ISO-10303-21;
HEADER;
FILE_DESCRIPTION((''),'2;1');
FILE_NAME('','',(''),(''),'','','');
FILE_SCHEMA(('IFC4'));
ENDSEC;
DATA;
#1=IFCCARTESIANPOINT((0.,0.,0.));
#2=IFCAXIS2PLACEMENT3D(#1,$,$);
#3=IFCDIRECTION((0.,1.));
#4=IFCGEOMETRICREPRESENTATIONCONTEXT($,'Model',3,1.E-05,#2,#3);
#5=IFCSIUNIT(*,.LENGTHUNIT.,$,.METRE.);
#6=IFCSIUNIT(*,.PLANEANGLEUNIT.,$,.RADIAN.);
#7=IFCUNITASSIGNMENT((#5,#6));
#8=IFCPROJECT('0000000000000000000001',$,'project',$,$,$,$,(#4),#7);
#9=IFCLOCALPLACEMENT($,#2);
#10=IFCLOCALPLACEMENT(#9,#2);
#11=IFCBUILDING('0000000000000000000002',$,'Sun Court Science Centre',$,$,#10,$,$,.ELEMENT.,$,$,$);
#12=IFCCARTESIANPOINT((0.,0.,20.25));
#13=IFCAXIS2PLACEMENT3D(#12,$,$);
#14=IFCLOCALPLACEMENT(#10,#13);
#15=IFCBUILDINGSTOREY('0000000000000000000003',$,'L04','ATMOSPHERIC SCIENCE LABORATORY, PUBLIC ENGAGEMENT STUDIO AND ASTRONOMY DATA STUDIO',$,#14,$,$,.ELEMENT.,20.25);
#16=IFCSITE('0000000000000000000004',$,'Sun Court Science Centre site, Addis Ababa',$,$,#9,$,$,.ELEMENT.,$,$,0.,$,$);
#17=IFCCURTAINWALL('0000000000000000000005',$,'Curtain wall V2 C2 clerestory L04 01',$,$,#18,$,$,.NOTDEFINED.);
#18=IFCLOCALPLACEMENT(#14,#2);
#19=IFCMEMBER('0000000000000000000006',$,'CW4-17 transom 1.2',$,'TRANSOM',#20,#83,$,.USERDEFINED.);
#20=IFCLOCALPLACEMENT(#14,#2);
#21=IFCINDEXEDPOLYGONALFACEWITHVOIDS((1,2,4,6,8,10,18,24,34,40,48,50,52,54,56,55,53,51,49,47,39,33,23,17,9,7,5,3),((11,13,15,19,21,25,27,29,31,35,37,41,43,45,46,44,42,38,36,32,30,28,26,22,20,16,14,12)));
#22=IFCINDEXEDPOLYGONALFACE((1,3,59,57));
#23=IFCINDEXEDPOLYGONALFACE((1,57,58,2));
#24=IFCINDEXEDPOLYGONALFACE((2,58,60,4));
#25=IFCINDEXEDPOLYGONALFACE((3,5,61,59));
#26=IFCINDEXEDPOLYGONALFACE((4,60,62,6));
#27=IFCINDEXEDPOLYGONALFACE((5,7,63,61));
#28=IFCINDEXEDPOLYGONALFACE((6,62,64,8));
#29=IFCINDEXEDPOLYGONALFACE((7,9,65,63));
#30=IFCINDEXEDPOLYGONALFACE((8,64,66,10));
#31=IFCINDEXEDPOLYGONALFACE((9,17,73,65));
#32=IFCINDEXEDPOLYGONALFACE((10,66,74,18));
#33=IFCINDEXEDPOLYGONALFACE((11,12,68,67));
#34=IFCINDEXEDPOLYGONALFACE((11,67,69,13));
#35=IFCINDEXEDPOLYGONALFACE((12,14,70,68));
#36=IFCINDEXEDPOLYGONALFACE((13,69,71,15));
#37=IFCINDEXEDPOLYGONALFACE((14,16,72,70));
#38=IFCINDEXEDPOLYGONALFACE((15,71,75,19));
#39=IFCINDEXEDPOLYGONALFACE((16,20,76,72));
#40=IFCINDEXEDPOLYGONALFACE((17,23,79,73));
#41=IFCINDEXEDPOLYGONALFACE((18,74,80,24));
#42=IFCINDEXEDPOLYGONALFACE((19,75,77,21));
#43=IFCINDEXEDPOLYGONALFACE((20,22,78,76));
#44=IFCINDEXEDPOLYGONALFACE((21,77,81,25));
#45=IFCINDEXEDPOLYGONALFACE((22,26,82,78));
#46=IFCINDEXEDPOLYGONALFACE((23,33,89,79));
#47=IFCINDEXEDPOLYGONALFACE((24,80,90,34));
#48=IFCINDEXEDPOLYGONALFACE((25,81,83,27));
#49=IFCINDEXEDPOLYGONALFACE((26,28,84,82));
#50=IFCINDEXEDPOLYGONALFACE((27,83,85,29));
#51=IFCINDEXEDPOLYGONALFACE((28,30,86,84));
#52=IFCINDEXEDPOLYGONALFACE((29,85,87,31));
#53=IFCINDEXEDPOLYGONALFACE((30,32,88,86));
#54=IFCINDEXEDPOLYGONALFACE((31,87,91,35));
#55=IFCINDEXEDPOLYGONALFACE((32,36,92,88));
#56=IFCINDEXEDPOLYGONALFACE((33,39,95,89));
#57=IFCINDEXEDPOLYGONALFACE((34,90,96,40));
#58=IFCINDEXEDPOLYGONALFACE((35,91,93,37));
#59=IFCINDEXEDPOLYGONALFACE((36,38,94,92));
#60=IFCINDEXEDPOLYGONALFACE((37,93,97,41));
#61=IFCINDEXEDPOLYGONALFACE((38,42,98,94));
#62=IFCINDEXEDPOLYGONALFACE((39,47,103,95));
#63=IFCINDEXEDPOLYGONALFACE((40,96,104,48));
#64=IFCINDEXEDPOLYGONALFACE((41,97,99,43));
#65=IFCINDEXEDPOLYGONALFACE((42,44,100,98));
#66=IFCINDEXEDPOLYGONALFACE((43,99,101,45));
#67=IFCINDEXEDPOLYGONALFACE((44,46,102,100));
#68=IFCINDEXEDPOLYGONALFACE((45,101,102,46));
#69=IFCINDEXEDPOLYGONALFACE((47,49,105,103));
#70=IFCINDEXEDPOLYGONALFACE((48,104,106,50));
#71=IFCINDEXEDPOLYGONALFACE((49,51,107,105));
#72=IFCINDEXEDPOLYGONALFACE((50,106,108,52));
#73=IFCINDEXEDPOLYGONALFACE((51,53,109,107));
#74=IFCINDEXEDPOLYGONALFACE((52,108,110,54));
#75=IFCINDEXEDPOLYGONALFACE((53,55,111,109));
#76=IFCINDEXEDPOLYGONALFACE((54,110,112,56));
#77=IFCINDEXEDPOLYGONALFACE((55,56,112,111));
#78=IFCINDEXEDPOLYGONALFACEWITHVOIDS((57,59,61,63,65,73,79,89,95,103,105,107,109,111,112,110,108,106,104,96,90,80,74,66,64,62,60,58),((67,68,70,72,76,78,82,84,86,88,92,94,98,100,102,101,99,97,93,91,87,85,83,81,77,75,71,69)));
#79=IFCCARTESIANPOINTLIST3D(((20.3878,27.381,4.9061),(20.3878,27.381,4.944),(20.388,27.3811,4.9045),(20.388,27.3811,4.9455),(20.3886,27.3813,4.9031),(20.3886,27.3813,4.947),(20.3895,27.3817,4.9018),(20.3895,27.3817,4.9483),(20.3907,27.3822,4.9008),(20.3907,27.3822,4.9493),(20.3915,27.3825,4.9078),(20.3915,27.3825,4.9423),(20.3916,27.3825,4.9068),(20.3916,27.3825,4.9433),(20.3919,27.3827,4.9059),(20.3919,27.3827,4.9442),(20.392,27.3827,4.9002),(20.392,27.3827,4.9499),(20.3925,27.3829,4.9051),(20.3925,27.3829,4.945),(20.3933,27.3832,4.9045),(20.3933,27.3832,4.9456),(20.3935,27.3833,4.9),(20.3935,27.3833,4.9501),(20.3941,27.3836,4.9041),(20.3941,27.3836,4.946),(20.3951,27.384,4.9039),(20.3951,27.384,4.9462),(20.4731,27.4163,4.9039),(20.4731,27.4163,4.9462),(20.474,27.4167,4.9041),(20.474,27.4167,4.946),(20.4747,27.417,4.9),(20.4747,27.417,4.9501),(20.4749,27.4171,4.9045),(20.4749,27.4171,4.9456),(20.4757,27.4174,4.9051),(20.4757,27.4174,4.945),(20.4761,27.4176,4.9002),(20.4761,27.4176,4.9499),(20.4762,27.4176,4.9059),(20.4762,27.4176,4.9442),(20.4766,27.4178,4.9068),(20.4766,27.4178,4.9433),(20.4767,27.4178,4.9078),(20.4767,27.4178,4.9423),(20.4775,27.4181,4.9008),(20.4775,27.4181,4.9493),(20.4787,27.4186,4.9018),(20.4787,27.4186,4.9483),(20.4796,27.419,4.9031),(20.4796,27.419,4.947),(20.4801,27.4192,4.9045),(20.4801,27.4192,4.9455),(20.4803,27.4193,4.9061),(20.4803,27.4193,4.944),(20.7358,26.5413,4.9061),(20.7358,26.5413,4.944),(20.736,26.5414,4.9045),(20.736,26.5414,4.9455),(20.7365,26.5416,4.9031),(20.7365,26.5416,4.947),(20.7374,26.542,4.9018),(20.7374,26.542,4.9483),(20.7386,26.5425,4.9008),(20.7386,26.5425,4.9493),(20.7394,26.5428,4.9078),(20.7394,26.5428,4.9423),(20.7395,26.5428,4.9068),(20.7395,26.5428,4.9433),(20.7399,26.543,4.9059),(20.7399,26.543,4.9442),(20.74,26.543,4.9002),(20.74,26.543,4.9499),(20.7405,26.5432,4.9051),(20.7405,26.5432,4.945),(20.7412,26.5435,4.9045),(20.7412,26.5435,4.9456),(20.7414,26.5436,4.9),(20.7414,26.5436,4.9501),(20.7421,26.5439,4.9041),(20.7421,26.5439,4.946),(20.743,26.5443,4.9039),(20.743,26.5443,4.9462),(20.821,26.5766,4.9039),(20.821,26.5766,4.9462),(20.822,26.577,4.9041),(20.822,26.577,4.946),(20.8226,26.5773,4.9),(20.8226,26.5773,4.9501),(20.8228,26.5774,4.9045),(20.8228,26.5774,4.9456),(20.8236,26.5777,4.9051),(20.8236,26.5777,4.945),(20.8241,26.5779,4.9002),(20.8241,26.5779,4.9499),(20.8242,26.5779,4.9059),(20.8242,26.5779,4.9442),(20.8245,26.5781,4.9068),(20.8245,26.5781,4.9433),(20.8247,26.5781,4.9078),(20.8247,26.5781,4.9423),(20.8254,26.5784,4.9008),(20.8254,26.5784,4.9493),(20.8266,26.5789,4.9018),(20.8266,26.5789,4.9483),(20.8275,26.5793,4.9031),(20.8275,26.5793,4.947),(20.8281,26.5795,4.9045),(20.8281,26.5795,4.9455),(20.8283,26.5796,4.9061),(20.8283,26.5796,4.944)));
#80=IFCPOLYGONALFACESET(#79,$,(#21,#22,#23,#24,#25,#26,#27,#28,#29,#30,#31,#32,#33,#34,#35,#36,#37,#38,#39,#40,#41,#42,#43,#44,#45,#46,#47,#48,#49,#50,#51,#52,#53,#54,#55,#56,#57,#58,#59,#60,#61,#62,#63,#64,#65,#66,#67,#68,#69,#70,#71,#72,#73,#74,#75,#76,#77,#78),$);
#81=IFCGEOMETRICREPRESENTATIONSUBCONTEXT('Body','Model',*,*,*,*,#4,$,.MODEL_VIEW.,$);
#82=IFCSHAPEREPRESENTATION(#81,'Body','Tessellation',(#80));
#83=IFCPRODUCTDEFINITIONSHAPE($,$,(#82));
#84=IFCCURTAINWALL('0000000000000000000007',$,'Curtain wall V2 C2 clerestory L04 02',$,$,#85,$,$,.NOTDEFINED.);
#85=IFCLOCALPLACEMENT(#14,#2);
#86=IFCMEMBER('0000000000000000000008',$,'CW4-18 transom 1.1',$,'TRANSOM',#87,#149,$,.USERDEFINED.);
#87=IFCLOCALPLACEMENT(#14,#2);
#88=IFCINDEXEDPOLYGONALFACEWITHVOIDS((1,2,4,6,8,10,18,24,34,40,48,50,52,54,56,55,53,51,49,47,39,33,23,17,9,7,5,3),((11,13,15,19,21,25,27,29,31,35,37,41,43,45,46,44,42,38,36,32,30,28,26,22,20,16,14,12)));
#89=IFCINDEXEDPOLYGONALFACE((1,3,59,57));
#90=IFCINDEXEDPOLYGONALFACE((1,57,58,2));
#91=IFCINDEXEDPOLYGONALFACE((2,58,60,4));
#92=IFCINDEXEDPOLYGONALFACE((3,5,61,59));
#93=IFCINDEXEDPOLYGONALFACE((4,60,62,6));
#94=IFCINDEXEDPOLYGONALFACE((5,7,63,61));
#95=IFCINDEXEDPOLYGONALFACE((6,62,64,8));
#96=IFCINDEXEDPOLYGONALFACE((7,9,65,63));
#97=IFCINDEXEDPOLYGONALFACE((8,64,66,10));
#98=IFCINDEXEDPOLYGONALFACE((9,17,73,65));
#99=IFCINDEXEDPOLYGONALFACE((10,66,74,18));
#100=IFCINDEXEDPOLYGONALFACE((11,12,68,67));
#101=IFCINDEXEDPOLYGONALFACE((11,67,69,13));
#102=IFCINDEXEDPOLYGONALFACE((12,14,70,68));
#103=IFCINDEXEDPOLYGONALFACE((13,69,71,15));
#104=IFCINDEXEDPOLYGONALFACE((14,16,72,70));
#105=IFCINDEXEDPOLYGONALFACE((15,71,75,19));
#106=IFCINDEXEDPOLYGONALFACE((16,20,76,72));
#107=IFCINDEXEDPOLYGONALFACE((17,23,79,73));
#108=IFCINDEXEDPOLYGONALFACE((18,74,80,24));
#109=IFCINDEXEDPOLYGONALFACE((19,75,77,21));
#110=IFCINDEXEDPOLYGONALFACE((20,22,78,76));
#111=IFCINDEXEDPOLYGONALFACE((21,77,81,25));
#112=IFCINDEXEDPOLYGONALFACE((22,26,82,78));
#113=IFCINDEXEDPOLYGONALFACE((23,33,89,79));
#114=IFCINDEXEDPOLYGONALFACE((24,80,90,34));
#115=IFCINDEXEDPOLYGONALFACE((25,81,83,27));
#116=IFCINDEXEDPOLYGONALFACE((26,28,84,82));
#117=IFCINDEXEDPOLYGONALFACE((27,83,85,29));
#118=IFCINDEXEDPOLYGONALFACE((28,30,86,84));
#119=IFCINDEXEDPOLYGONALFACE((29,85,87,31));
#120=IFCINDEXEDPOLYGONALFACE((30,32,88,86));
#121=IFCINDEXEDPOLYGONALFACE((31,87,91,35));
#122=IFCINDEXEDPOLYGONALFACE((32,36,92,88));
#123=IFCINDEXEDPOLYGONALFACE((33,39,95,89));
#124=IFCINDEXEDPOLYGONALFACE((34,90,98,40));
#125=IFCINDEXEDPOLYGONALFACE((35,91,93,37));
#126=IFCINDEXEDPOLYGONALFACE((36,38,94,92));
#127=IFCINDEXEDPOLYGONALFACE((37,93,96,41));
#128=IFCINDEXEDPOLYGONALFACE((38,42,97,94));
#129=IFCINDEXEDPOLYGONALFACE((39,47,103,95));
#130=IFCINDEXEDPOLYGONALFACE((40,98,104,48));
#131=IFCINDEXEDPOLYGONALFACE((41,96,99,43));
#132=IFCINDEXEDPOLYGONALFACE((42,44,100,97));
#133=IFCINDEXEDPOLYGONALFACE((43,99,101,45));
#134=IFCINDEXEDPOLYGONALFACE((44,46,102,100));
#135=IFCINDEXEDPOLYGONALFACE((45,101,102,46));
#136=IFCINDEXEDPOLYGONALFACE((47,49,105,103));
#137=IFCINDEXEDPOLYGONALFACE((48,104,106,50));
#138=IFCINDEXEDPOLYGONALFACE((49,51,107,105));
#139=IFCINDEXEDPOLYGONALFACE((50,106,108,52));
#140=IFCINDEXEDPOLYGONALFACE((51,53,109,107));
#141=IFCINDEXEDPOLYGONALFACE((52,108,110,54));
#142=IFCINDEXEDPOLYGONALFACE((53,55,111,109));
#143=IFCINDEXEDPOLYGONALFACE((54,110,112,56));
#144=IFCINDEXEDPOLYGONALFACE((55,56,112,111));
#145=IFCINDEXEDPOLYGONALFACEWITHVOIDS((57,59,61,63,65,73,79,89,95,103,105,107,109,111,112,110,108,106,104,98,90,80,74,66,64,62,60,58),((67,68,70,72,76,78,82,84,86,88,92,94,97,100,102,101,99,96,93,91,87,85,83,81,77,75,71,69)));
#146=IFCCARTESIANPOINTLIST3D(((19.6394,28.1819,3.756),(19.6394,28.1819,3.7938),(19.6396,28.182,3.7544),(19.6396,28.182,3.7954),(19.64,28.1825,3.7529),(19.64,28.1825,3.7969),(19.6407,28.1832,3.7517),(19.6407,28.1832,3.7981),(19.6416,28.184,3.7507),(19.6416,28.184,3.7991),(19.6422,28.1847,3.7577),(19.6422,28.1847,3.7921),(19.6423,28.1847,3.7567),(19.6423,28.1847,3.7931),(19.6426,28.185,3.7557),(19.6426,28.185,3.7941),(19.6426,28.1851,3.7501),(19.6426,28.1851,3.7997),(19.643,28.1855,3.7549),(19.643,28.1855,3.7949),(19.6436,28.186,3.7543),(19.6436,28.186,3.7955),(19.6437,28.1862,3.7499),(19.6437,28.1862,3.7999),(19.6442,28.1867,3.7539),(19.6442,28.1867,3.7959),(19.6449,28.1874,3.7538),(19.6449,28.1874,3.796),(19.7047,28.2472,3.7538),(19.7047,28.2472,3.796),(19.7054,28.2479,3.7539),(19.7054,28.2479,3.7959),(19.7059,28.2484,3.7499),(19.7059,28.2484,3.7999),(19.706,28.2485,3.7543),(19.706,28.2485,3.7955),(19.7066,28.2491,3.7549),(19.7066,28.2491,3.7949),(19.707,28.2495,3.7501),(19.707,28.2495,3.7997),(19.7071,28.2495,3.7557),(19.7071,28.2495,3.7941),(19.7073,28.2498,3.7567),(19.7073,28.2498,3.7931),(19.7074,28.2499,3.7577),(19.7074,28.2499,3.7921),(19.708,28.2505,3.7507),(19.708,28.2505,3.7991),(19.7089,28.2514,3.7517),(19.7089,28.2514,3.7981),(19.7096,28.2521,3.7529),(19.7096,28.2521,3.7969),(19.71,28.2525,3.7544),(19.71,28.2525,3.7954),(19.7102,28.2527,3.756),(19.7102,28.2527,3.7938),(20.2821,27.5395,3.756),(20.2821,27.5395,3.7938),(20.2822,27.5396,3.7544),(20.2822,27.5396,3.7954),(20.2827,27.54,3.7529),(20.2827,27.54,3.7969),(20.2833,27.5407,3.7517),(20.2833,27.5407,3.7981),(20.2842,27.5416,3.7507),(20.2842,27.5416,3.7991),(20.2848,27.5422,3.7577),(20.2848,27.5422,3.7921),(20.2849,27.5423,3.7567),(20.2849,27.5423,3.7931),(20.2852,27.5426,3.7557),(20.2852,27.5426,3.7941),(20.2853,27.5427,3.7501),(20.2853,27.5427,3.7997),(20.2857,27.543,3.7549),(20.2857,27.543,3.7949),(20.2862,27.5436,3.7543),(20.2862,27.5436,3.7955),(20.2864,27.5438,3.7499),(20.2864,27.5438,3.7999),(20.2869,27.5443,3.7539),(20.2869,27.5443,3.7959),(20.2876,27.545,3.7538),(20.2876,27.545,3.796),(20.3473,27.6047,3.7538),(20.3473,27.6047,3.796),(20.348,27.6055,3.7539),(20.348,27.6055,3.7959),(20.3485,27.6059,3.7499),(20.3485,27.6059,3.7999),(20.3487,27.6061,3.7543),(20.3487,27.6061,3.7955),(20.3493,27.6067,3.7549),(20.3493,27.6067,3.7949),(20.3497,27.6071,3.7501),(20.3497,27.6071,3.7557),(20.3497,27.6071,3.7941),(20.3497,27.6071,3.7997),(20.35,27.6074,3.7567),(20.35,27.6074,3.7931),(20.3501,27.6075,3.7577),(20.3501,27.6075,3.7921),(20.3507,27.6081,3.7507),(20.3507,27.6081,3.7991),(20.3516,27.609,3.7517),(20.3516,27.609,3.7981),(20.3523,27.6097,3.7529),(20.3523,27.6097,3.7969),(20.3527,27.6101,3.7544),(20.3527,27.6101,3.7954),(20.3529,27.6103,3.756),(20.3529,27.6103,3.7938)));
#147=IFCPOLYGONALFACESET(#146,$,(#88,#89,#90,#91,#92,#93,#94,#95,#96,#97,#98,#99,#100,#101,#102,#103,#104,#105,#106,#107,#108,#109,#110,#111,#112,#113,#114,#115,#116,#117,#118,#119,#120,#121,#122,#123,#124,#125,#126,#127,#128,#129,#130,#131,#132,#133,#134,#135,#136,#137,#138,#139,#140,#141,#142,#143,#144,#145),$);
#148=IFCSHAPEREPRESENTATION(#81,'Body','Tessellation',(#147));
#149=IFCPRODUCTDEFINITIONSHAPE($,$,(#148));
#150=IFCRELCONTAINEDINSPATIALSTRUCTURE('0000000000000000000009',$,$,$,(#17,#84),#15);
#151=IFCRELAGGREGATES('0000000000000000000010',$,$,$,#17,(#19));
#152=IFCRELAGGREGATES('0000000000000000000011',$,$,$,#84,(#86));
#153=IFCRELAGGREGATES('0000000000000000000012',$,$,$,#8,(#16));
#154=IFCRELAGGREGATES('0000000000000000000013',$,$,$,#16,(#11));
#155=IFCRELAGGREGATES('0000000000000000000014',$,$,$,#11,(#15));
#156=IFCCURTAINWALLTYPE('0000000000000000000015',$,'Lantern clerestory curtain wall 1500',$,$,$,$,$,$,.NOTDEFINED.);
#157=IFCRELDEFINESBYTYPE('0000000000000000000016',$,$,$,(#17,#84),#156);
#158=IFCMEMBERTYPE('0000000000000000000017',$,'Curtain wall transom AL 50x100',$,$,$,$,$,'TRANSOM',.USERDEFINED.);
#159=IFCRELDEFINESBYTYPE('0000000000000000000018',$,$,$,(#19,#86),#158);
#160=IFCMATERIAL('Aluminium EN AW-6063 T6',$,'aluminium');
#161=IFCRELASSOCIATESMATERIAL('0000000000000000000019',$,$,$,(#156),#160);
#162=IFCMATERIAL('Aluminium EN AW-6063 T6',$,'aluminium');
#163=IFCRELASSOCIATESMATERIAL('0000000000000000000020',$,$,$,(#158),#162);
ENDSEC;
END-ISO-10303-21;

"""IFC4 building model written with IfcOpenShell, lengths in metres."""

from ifc_helpers import new_model, si_unit, direction, frame, origin, origin_2d, place, context, subcontext, project, spatial, hollow_rectangle, extrude, material, material_profile, profile_set, type_object, element, aggregate, save


model = new_model("IFC4")

# Units and contexts
model_context = context("Model", 3, precision=1e-05, world=origin(), true_north=direction((0.0, 1.0)))
body_context = subcontext(model_context, "Body", "Model", "MODEL_VIEW")
ifc_project = project(units=[si_unit("LENGTHUNIT", "METRE"), si_unit("PLANEANGLEUNIT", "RADIAN")], contexts=[model_context])

# Site, building, storey
site_placement = place(None, origin())
site = spatial("IfcSite", under=ifc_project, at=site_placement, Name="Sun Court Science Centre site, Addis Ababa", CompositionType="ELEMENT", RefElevation=0.0)
building_placement = place(site_placement, origin())
building = spatial("IfcBuilding", under=site, at=building_placement, Name="Sun Court Science Centre", CompositionType="ELEMENT")
storey_placement = place(building_placement, frame((0.0, 0.0, 20.25)))
storey = spatial("IfcBuildingStorey", under=building, at=storey_placement, Name="L04", Description="ATMOSPHERIC SCIENCE LABORATORY, PUBLIC ENGAGEMENT STUDIO AND ASTRONOMY DATA STUDIO", CompositionType="ELEMENT", Elevation=20.25)

# Shared definitions
ifc_material_1 = material(Name="Aluminium EN AW-6063 T6", Category="aluminium")
curtain_wall_type = type_object("IfcCurtainWallType", Name="Lantern clerestory curtain wall 1500", PredefinedType="NOTDEFINED", material=ifc_material_1)

# Curtain walls, members
curtain_wall_1_placement = place(storey_placement, origin())
curtain_wall_1 = element("IfcCurtainWall", 1, at=curtain_wall_1_placement, inside=storey, type_object=curtain_wall_type, Name="Curtain wall V2 C2 clerestory L04 01", PredefinedType="NOTDEFINED")
ifc_material_2 = material(Name="Aluminium EN AW-6063 T6", Category="aluminium")
ifc_material_profile_1 = material_profile(ifc_material_2, hollow_rectangle(XDim=0.05, YDim=0.1001, WallThickness=0.0039, InnerFilletRadius=0.0039, OuterFilletRadius=0.0061, at=origin_2d()), Name="AL 50x100x4")
ifc_profile_set_1 = profile_set([ifc_material_profile_1], Name="Aluminium EN AW-6063 T6")
member_type_1 = type_object("IfcMemberType", Name="Curtain wall transom AL 50x100", ElementType="TRANSOM", PredefinedType="USERDEFINED", material=ifc_profile_set_1)
member_1_placement = place(storey_placement, frame((20.4341, 27.4001, 4.925), z_axis=(0.382803, -0.92383, 0.0), x_axis=(0.0, 0.0, 1.0)))
member_1 = element("IfcMember", 2, at=member_1_placement, type_object=member_type_1, Name="CW4-17 transom 1.2", ObjectType="TRANSOM", PredefinedType="USERDEFINED", context=body_context, shape_type="SweptSolid", body=[
    extrude(hollow_rectangle(XDim=0.05, YDim=0.1001, WallThickness=0.0039, InnerFilletRadius=0.0039, OuterFilletRadius=0.0061, at=origin_2d()), origin(), (0.0, 0.0, 1.0), 0.9089),
])
curtain_wall_2_placement = place(storey_placement, origin())
curtain_wall_2 = element("IfcCurtainWall", 3, at=curtain_wall_2_placement, inside=storey, type_object=curtain_wall_type, Name="Curtain wall V2 C2 clerestory L04 02", PredefinedType="NOTDEFINED")
member_2_placement = place(storey_placement, frame((19.6748, 28.2173, 3.7749), z_axis=(0.707241, -0.706972, 0.0), x_axis=(0.0, 0.0, 1.0)))
member_2 = element("IfcMember", 4, at=member_2_placement, type_object=member_type_1, Name="CW4-18 transom 1.1", ObjectType="TRANSOM", PredefinedType="USERDEFINED", context=body_context, shape_type="SweptSolid", body=[
    extrude(hollow_rectangle(XDim=0.05, YDim=0.1001, WallThickness=0.0039, InnerFilletRadius=0.0039, OuterFilletRadius=0.0061, at=origin_2d()), origin(), (0.0, 0.0, 1.0), 0.9087),
])

aggregate(curtain_wall_1, [member_1])
aggregate(curtain_wall_2, [member_2])

save(model, "model.ifc")
